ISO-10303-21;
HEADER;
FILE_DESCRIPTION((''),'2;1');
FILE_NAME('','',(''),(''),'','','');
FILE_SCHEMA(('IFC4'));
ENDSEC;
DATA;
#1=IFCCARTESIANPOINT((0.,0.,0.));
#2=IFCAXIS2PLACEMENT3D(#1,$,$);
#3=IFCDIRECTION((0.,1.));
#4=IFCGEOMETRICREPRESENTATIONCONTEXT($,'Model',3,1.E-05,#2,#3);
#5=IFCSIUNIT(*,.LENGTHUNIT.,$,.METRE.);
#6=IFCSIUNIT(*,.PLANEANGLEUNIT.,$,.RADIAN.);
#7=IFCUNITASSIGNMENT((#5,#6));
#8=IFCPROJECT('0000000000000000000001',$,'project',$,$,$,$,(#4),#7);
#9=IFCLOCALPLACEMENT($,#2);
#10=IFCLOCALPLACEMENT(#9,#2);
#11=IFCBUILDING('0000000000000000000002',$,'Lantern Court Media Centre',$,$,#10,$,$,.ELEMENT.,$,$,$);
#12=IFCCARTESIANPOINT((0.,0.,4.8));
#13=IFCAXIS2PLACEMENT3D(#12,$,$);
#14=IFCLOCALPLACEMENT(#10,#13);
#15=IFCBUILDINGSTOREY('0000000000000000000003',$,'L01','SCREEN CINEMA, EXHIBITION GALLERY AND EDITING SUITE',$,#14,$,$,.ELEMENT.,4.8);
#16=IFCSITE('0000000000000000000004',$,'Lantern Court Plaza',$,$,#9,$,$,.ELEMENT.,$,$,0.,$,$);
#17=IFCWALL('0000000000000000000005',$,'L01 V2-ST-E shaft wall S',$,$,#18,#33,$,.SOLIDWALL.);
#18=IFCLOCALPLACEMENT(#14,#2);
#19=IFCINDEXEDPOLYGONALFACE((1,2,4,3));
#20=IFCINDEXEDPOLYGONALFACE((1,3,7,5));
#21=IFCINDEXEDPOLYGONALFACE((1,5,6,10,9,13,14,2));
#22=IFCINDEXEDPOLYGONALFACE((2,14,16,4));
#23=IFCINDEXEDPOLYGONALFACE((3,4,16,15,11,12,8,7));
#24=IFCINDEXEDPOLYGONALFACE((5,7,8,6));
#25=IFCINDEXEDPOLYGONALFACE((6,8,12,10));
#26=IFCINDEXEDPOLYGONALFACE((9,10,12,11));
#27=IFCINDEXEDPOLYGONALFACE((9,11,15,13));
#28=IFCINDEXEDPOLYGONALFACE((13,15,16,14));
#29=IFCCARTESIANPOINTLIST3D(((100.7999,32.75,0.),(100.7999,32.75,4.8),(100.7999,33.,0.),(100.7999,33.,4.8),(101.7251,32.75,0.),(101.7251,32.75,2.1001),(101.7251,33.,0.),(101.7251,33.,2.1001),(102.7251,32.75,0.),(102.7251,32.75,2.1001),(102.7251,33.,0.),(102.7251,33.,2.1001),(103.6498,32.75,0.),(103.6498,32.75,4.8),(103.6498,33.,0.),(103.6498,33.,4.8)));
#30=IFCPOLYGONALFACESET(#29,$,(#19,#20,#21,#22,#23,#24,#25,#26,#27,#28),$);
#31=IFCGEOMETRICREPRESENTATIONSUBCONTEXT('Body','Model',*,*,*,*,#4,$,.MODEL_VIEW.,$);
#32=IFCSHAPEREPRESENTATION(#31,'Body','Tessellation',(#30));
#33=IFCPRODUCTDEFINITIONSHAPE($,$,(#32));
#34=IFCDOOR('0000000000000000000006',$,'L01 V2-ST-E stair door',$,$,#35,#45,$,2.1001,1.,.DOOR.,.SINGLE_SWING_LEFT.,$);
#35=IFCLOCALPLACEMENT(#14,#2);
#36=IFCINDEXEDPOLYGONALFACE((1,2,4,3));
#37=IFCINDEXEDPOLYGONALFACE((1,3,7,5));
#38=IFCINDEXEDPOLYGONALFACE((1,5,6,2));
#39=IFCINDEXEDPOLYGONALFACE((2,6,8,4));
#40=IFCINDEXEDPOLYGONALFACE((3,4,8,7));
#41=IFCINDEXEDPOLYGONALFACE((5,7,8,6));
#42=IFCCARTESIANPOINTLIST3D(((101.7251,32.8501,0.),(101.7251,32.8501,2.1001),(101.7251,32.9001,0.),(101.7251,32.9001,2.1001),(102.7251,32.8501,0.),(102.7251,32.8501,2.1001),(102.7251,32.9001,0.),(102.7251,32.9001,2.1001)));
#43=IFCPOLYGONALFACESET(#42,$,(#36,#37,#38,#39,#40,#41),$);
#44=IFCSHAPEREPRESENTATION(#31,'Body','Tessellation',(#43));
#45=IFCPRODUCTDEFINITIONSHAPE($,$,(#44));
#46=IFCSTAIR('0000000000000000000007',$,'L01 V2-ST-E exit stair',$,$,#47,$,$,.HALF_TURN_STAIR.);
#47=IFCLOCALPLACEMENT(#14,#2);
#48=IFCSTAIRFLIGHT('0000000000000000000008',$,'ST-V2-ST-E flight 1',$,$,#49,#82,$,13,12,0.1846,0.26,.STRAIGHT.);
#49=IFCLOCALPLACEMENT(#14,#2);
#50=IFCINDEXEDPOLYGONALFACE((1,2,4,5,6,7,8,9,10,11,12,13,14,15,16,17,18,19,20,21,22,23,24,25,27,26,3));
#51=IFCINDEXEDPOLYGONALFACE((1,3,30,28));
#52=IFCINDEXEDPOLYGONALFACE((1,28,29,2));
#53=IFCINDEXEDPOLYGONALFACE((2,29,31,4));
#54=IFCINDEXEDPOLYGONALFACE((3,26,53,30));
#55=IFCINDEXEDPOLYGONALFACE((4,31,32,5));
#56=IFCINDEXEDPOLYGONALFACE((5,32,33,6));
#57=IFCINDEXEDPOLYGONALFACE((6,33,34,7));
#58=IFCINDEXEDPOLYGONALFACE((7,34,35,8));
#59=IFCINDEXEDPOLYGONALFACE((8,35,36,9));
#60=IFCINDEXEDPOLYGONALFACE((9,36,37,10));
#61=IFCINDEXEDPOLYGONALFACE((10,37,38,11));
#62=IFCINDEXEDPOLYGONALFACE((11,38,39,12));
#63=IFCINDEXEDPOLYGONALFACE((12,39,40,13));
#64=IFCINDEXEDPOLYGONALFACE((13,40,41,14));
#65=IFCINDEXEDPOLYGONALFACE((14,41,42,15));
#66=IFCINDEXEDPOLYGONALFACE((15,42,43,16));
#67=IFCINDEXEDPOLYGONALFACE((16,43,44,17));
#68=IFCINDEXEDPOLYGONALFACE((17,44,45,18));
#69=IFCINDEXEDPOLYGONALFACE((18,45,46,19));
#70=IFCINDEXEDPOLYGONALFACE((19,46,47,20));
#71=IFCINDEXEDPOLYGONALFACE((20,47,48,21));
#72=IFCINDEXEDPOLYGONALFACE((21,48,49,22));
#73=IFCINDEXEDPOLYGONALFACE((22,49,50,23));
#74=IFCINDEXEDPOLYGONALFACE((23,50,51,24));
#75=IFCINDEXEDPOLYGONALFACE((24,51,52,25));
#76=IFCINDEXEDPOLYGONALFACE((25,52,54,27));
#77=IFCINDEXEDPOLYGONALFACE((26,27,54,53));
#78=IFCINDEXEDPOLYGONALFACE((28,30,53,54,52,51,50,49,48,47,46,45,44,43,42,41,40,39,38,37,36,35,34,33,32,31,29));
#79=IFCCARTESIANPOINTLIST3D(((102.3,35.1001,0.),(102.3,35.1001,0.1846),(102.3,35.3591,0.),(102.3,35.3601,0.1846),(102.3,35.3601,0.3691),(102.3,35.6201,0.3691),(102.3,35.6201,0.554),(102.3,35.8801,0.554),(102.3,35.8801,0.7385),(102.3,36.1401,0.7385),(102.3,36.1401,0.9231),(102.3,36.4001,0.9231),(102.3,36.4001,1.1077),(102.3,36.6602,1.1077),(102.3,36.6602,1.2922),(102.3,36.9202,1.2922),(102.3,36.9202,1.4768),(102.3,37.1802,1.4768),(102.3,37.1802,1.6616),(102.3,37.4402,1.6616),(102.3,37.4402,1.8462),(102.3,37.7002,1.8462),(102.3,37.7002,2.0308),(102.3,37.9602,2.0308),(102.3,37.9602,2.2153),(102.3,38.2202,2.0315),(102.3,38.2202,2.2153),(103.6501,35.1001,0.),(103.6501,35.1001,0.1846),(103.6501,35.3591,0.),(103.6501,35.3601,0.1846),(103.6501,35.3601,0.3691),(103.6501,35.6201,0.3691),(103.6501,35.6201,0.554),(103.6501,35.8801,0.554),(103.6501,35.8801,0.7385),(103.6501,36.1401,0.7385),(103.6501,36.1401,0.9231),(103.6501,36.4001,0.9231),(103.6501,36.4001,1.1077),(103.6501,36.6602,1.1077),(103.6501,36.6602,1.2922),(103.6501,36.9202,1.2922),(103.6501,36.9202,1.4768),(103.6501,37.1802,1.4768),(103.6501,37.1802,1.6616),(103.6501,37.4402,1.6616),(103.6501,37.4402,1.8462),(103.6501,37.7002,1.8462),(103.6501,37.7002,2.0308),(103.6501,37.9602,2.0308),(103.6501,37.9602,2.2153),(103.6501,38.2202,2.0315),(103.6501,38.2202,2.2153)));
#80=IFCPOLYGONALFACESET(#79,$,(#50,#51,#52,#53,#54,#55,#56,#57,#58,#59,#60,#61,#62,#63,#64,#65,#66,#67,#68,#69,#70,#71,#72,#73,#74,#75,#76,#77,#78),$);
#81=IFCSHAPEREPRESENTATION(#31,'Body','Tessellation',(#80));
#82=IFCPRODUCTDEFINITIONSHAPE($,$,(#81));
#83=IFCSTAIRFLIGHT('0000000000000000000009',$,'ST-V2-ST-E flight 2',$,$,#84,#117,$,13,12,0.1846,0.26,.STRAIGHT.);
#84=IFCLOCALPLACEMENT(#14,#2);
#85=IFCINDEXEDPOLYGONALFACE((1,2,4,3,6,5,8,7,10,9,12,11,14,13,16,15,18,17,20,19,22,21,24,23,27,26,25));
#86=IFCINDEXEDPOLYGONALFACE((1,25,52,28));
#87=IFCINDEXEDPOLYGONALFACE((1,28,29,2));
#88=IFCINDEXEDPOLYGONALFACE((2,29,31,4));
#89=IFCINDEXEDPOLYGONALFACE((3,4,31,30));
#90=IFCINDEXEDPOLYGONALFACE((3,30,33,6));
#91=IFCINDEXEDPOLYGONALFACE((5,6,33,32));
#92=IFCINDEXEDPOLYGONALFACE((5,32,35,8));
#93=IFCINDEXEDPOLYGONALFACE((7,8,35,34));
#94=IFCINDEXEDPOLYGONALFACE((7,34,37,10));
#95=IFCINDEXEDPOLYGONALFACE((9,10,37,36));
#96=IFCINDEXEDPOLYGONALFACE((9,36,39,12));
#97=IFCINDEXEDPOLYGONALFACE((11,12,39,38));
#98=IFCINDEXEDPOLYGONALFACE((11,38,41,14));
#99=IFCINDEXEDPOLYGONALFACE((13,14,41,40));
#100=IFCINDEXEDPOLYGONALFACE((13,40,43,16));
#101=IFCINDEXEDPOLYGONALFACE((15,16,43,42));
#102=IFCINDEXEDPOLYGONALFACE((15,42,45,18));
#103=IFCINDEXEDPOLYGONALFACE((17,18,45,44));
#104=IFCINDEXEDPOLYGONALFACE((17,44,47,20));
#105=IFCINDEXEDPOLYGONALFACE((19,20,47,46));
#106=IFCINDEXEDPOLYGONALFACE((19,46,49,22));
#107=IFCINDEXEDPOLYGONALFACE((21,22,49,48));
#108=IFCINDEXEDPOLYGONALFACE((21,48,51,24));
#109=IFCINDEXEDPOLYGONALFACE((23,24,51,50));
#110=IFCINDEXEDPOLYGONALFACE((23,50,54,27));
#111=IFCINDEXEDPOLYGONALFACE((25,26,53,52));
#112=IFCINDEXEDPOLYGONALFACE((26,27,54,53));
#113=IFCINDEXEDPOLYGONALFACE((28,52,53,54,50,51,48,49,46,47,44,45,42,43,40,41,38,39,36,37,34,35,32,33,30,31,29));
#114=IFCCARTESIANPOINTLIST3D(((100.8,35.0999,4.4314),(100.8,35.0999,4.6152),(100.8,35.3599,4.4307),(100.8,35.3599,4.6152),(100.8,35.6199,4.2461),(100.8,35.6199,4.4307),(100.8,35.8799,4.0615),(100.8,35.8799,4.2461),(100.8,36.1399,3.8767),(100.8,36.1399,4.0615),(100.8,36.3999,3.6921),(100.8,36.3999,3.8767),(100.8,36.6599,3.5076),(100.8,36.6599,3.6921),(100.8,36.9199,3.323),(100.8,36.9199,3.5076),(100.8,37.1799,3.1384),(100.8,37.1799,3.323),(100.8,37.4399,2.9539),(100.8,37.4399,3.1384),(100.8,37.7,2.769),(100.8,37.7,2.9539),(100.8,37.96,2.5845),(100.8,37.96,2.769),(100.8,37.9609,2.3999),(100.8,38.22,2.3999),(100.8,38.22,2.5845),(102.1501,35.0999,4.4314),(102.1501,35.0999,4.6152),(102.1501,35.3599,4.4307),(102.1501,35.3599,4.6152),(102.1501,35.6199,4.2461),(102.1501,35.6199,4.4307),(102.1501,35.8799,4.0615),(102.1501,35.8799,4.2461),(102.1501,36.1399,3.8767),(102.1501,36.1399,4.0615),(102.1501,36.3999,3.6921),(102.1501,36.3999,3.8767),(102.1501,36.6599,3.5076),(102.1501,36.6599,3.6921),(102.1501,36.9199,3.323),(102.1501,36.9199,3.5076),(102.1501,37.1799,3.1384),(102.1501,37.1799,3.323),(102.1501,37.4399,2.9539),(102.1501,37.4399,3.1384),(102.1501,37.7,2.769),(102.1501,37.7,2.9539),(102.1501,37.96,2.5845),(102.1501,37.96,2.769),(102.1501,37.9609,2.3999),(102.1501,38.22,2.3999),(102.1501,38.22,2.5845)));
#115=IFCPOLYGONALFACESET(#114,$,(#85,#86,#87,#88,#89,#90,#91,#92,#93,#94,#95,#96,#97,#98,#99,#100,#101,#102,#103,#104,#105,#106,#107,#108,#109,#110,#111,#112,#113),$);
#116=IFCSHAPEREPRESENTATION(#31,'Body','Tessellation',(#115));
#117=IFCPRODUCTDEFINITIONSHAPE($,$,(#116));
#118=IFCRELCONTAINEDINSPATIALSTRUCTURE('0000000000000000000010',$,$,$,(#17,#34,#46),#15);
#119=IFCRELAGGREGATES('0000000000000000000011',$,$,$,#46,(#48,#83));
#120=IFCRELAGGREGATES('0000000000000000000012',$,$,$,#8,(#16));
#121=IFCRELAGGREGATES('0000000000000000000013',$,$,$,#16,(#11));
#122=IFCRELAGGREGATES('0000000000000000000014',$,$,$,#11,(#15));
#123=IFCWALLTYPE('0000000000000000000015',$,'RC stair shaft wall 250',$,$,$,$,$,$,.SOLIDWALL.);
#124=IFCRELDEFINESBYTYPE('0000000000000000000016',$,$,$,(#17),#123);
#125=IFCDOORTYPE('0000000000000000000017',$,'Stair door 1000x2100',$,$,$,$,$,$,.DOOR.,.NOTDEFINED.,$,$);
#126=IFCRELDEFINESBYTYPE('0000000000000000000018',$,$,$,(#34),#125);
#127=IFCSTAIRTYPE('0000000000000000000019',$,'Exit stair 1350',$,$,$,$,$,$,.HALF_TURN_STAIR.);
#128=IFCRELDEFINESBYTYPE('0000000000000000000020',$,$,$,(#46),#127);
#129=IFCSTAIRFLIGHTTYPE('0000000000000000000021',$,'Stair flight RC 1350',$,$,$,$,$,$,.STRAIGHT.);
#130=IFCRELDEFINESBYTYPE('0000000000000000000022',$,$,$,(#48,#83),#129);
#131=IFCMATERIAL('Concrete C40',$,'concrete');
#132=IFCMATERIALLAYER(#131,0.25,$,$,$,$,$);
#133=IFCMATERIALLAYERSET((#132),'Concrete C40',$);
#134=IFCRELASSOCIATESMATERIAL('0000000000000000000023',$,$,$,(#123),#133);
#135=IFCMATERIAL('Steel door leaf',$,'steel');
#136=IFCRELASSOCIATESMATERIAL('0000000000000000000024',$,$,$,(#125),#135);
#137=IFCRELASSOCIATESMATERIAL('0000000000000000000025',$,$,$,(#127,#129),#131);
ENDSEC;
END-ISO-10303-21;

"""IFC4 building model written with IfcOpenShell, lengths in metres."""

from ifc_helpers import new_model, si_unit, direction, frame, frame_2d, origin, place, context, subcontext, project, spatial, polyline, rectangle, outline, extrude, material, layer, layer_set, type_object, element, fill, aggregate, save


model = new_model("IFC4")

# Units and contexts
model_context = context("Model", 3, precision=1e-05, world=origin(), true_north=direction((0.0, 1.0)))
body_context = subcontext(model_context, "Body", "Model", "MODEL_VIEW")
ifc_project = project(units=[si_unit("LENGTHUNIT", "METRE"), si_unit("PLANEANGLEUNIT", "RADIAN")], contexts=[model_context])

# Site, building, storey
site_placement = place(None, origin())
site = spatial("IfcSite", under=ifc_project, at=site_placement, Name="Lantern Court Plaza", CompositionType="ELEMENT", RefElevation=0.0)
building_placement = place(site_placement, origin())
building = spatial("IfcBuilding", under=site, at=building_placement, Name="Lantern Court Media Centre", CompositionType="ELEMENT")
storey_placement = place(building_placement, frame((0.0, 0.0, 4.8)))
storey = spatial("IfcBuildingStorey", under=building, at=storey_placement, Name="L01", Description="SCREEN CINEMA, EXHIBITION GALLERY AND EDITING SUITE", CompositionType="ELEMENT", Elevation=4.8)

# Shared definitions
ifc_material_1 = material(Name="Concrete C40", Category="concrete")
ifc_layer_1 = layer(ifc_material_1, 0.25)
ifc_layer_set_1 = layer_set([ifc_layer_1], Name="Concrete C40")
wall_type = type_object("IfcWallType", Name="RC stair shaft wall 250", PredefinedType="SOLIDWALL", material=ifc_layer_set_1)

# Wall, opening, door
wall_1_placement = place(storey_placement, frame((100.8, 32.875, 0.0), z_axis=(0.0, 0.0, 1.0), x_axis=(1.0, 0.0, 0.0)))
wall_1 = element("IfcWall", 1, at=wall_1_placement, inside=storey, type_object=wall_type, Name="L01 V2-ST-E shaft wall S", PredefinedType="SOLIDWALL", context=body_context, shape_type="SweptSolid", body=[
    extrude(rectangle(XDim=2.8499, YDim=0.25, at=frame_2d((1.4248, 0.0))), origin(), (0.0, 0.0, 1.0), 4.8),
])
opening_placement = place(wall_1_placement, frame((0.925, 0.0, 0.0)))
opening = element("IfcOpeningElement", 2, at=opening_placement, cuts=wall_1, PredefinedType="OPENING", context=body_context, shape_type="SweptSolid", body=[
    extrude(rectangle(XDim=1.0, YDim=2.1001, at=frame_2d((0.5, 1.05))), frame((0.0, 0.135, 0.0), z_axis=(0.0, -1.0, 0.0), x_axis=(1.0, 0.0, 0.0)), (0.0, 0.0, 1.0), 0.27),
])
ifc_material_2 = material(Name="Steel door leaf", Category="steel")
door_type = type_object("IfcDoorType", Name="Stair door 1000x2100", OperationType="NOTDEFINED", PredefinedType="DOOR", material=ifc_material_2)
door_placement = place(opening_placement, frame((1.0, 0.0, 0.0), z_axis=(0.0, 0.0, 1.0), x_axis=(-1.0, 0.0, 0.0)))
door = element("IfcDoor", 3, at=door_placement, inside=storey, type_object=door_type, Name="L01 V2-ST-E stair door", OperationType="SINGLE_SWING_LEFT", OverallHeight=2.1001, OverallWidth=1.0, PredefinedType="DOOR", context=body_context, shape_type="SweptSolid", body=[
    extrude(rectangle(XDim=1.0, YDim=2.1001, at=frame_2d((0.5, 1.05))), frame((0.0, 0.0249, 0.0), z_axis=(0.0, -1.0, 0.0), x_axis=(1.0, 0.0, 0.0)), (0.0, 0.0, 1.0), 0.05),
])
fill(opening, door)

# Stair, stair flights
stair_type = type_object("IfcStairType", Name="Exit stair 1350", PredefinedType="HALF_TURN_STAIR", material=ifc_material_1)
stair_placement = place(storey_placement, origin())
stair = element("IfcStair", 4, at=stair_placement, inside=storey, type_object=stair_type, Name="L01 V2-ST-E exit stair", PredefinedType="HALF_TURN_STAIR")
stair_flight_type = type_object("IfcStairFlightType", Name="Stair flight RC 1350", PredefinedType="STRAIGHT", material=ifc_material_1)
stair_flight_1_placement = place(storey_placement, frame((102.9751, 35.1001, 0.0), z_axis=(0.0, 0.0, 1.0), x_axis=(0.0, 1.0, 0.0)))
stair_flight_1 = element("IfcStairFlight", 5, at=stair_flight_1_placement, type_object=stair_flight_type, Name="ST-V2-ST-E flight 1", NumberOfRisers=13, NumberOfTreads=12, PredefinedType="STRAIGHT", RiserHeight=0.1846, TreadLength=0.26, context=body_context, shape_type="SweptSolid", body=[
    extrude(outline(polyline([(0.0, 0.0), (0.0, 0.1846), (0.26, 0.1846), (0.26, 0.3691), (0.52, 0.3691), (0.52, 0.554), (0.78, 0.554), (0.78, 0.7385), (1.04, 0.7385), (1.04, 0.9231), (1.3, 0.9231), (1.3, 1.1077), (1.5601, 1.1077), (1.5601, 1.2922), (1.8201, 1.2922), (1.8201, 1.4768), (2.0801, 1.4768), (2.0801, 1.6616), (2.3401, 1.6616), (2.3401, 1.8462), (2.6001, 1.8462), (2.6001, 2.0308), (2.8601, 2.0308), (2.8601, 2.2153), (3.1201, 2.2153), (3.1201, 2.3999), (3.1201, 2.0315), (0.259, 0.0), (0.0, 0.0)])), frame((0.0, 0.675, 0.0), z_axis=(0.0, -1.0, 0.0), x_axis=(1.0, 0.0, 0.0)), (0.0, 0.0, 1.0), 1.3501),
])
stair_flight_2_placement = place(storey_placement, frame((101.4751, 38.22, 2.3999), z_axis=(0.0, 0.0, 1.0), x_axis=(0.0, -1.0, 0.0)))
stair_flight_2 = element("IfcStairFlight", 6, at=stair_flight_2_placement, type_object=stair_flight_type, Name="ST-V2-ST-E flight 2", NumberOfRisers=13, NumberOfTreads=12, PredefinedType="STRAIGHT", RiserHeight=0.1846, TreadLength=0.26, context=body_context, shape_type="SweptSolid", body=[
    extrude(outline(polyline([(0.0, 0.0), (0.0, 0.1846), (0.26, 0.1846), (0.26, 0.3691), (0.52, 0.3691), (0.52, 0.554), (0.78, 0.554), (0.78, 0.7385), (1.04, 0.7385), (1.04, 0.9231), (1.3, 0.9231), (1.3, 1.1077), (1.5601, 1.1077), (1.5601, 1.2922), (1.8201, 1.2922), (1.8201, 1.4768), (2.0801, 1.4768), (2.0801, 1.6616), (2.3401, 1.6616), (2.3401, 1.8462), (2.6001, 1.8462), (2.6001, 2.0308), (2.8601, 2.0308), (2.8601, 2.2153), (3.1201, 2.2153), (3.1201, 2.3999), (3.1201, 2.0315), (0.259, 0.0), (0.0, 0.0)])), frame((0.0, 0.675, 0.0), z_axis=(0.0, -1.0, 0.0), x_axis=(1.0, 0.0, 0.0)), (0.0, 0.0, 1.0), 1.3501),
])
aggregate(stair, [stair_flight_1, stair_flight_2])

save(model, "model.ifc")
